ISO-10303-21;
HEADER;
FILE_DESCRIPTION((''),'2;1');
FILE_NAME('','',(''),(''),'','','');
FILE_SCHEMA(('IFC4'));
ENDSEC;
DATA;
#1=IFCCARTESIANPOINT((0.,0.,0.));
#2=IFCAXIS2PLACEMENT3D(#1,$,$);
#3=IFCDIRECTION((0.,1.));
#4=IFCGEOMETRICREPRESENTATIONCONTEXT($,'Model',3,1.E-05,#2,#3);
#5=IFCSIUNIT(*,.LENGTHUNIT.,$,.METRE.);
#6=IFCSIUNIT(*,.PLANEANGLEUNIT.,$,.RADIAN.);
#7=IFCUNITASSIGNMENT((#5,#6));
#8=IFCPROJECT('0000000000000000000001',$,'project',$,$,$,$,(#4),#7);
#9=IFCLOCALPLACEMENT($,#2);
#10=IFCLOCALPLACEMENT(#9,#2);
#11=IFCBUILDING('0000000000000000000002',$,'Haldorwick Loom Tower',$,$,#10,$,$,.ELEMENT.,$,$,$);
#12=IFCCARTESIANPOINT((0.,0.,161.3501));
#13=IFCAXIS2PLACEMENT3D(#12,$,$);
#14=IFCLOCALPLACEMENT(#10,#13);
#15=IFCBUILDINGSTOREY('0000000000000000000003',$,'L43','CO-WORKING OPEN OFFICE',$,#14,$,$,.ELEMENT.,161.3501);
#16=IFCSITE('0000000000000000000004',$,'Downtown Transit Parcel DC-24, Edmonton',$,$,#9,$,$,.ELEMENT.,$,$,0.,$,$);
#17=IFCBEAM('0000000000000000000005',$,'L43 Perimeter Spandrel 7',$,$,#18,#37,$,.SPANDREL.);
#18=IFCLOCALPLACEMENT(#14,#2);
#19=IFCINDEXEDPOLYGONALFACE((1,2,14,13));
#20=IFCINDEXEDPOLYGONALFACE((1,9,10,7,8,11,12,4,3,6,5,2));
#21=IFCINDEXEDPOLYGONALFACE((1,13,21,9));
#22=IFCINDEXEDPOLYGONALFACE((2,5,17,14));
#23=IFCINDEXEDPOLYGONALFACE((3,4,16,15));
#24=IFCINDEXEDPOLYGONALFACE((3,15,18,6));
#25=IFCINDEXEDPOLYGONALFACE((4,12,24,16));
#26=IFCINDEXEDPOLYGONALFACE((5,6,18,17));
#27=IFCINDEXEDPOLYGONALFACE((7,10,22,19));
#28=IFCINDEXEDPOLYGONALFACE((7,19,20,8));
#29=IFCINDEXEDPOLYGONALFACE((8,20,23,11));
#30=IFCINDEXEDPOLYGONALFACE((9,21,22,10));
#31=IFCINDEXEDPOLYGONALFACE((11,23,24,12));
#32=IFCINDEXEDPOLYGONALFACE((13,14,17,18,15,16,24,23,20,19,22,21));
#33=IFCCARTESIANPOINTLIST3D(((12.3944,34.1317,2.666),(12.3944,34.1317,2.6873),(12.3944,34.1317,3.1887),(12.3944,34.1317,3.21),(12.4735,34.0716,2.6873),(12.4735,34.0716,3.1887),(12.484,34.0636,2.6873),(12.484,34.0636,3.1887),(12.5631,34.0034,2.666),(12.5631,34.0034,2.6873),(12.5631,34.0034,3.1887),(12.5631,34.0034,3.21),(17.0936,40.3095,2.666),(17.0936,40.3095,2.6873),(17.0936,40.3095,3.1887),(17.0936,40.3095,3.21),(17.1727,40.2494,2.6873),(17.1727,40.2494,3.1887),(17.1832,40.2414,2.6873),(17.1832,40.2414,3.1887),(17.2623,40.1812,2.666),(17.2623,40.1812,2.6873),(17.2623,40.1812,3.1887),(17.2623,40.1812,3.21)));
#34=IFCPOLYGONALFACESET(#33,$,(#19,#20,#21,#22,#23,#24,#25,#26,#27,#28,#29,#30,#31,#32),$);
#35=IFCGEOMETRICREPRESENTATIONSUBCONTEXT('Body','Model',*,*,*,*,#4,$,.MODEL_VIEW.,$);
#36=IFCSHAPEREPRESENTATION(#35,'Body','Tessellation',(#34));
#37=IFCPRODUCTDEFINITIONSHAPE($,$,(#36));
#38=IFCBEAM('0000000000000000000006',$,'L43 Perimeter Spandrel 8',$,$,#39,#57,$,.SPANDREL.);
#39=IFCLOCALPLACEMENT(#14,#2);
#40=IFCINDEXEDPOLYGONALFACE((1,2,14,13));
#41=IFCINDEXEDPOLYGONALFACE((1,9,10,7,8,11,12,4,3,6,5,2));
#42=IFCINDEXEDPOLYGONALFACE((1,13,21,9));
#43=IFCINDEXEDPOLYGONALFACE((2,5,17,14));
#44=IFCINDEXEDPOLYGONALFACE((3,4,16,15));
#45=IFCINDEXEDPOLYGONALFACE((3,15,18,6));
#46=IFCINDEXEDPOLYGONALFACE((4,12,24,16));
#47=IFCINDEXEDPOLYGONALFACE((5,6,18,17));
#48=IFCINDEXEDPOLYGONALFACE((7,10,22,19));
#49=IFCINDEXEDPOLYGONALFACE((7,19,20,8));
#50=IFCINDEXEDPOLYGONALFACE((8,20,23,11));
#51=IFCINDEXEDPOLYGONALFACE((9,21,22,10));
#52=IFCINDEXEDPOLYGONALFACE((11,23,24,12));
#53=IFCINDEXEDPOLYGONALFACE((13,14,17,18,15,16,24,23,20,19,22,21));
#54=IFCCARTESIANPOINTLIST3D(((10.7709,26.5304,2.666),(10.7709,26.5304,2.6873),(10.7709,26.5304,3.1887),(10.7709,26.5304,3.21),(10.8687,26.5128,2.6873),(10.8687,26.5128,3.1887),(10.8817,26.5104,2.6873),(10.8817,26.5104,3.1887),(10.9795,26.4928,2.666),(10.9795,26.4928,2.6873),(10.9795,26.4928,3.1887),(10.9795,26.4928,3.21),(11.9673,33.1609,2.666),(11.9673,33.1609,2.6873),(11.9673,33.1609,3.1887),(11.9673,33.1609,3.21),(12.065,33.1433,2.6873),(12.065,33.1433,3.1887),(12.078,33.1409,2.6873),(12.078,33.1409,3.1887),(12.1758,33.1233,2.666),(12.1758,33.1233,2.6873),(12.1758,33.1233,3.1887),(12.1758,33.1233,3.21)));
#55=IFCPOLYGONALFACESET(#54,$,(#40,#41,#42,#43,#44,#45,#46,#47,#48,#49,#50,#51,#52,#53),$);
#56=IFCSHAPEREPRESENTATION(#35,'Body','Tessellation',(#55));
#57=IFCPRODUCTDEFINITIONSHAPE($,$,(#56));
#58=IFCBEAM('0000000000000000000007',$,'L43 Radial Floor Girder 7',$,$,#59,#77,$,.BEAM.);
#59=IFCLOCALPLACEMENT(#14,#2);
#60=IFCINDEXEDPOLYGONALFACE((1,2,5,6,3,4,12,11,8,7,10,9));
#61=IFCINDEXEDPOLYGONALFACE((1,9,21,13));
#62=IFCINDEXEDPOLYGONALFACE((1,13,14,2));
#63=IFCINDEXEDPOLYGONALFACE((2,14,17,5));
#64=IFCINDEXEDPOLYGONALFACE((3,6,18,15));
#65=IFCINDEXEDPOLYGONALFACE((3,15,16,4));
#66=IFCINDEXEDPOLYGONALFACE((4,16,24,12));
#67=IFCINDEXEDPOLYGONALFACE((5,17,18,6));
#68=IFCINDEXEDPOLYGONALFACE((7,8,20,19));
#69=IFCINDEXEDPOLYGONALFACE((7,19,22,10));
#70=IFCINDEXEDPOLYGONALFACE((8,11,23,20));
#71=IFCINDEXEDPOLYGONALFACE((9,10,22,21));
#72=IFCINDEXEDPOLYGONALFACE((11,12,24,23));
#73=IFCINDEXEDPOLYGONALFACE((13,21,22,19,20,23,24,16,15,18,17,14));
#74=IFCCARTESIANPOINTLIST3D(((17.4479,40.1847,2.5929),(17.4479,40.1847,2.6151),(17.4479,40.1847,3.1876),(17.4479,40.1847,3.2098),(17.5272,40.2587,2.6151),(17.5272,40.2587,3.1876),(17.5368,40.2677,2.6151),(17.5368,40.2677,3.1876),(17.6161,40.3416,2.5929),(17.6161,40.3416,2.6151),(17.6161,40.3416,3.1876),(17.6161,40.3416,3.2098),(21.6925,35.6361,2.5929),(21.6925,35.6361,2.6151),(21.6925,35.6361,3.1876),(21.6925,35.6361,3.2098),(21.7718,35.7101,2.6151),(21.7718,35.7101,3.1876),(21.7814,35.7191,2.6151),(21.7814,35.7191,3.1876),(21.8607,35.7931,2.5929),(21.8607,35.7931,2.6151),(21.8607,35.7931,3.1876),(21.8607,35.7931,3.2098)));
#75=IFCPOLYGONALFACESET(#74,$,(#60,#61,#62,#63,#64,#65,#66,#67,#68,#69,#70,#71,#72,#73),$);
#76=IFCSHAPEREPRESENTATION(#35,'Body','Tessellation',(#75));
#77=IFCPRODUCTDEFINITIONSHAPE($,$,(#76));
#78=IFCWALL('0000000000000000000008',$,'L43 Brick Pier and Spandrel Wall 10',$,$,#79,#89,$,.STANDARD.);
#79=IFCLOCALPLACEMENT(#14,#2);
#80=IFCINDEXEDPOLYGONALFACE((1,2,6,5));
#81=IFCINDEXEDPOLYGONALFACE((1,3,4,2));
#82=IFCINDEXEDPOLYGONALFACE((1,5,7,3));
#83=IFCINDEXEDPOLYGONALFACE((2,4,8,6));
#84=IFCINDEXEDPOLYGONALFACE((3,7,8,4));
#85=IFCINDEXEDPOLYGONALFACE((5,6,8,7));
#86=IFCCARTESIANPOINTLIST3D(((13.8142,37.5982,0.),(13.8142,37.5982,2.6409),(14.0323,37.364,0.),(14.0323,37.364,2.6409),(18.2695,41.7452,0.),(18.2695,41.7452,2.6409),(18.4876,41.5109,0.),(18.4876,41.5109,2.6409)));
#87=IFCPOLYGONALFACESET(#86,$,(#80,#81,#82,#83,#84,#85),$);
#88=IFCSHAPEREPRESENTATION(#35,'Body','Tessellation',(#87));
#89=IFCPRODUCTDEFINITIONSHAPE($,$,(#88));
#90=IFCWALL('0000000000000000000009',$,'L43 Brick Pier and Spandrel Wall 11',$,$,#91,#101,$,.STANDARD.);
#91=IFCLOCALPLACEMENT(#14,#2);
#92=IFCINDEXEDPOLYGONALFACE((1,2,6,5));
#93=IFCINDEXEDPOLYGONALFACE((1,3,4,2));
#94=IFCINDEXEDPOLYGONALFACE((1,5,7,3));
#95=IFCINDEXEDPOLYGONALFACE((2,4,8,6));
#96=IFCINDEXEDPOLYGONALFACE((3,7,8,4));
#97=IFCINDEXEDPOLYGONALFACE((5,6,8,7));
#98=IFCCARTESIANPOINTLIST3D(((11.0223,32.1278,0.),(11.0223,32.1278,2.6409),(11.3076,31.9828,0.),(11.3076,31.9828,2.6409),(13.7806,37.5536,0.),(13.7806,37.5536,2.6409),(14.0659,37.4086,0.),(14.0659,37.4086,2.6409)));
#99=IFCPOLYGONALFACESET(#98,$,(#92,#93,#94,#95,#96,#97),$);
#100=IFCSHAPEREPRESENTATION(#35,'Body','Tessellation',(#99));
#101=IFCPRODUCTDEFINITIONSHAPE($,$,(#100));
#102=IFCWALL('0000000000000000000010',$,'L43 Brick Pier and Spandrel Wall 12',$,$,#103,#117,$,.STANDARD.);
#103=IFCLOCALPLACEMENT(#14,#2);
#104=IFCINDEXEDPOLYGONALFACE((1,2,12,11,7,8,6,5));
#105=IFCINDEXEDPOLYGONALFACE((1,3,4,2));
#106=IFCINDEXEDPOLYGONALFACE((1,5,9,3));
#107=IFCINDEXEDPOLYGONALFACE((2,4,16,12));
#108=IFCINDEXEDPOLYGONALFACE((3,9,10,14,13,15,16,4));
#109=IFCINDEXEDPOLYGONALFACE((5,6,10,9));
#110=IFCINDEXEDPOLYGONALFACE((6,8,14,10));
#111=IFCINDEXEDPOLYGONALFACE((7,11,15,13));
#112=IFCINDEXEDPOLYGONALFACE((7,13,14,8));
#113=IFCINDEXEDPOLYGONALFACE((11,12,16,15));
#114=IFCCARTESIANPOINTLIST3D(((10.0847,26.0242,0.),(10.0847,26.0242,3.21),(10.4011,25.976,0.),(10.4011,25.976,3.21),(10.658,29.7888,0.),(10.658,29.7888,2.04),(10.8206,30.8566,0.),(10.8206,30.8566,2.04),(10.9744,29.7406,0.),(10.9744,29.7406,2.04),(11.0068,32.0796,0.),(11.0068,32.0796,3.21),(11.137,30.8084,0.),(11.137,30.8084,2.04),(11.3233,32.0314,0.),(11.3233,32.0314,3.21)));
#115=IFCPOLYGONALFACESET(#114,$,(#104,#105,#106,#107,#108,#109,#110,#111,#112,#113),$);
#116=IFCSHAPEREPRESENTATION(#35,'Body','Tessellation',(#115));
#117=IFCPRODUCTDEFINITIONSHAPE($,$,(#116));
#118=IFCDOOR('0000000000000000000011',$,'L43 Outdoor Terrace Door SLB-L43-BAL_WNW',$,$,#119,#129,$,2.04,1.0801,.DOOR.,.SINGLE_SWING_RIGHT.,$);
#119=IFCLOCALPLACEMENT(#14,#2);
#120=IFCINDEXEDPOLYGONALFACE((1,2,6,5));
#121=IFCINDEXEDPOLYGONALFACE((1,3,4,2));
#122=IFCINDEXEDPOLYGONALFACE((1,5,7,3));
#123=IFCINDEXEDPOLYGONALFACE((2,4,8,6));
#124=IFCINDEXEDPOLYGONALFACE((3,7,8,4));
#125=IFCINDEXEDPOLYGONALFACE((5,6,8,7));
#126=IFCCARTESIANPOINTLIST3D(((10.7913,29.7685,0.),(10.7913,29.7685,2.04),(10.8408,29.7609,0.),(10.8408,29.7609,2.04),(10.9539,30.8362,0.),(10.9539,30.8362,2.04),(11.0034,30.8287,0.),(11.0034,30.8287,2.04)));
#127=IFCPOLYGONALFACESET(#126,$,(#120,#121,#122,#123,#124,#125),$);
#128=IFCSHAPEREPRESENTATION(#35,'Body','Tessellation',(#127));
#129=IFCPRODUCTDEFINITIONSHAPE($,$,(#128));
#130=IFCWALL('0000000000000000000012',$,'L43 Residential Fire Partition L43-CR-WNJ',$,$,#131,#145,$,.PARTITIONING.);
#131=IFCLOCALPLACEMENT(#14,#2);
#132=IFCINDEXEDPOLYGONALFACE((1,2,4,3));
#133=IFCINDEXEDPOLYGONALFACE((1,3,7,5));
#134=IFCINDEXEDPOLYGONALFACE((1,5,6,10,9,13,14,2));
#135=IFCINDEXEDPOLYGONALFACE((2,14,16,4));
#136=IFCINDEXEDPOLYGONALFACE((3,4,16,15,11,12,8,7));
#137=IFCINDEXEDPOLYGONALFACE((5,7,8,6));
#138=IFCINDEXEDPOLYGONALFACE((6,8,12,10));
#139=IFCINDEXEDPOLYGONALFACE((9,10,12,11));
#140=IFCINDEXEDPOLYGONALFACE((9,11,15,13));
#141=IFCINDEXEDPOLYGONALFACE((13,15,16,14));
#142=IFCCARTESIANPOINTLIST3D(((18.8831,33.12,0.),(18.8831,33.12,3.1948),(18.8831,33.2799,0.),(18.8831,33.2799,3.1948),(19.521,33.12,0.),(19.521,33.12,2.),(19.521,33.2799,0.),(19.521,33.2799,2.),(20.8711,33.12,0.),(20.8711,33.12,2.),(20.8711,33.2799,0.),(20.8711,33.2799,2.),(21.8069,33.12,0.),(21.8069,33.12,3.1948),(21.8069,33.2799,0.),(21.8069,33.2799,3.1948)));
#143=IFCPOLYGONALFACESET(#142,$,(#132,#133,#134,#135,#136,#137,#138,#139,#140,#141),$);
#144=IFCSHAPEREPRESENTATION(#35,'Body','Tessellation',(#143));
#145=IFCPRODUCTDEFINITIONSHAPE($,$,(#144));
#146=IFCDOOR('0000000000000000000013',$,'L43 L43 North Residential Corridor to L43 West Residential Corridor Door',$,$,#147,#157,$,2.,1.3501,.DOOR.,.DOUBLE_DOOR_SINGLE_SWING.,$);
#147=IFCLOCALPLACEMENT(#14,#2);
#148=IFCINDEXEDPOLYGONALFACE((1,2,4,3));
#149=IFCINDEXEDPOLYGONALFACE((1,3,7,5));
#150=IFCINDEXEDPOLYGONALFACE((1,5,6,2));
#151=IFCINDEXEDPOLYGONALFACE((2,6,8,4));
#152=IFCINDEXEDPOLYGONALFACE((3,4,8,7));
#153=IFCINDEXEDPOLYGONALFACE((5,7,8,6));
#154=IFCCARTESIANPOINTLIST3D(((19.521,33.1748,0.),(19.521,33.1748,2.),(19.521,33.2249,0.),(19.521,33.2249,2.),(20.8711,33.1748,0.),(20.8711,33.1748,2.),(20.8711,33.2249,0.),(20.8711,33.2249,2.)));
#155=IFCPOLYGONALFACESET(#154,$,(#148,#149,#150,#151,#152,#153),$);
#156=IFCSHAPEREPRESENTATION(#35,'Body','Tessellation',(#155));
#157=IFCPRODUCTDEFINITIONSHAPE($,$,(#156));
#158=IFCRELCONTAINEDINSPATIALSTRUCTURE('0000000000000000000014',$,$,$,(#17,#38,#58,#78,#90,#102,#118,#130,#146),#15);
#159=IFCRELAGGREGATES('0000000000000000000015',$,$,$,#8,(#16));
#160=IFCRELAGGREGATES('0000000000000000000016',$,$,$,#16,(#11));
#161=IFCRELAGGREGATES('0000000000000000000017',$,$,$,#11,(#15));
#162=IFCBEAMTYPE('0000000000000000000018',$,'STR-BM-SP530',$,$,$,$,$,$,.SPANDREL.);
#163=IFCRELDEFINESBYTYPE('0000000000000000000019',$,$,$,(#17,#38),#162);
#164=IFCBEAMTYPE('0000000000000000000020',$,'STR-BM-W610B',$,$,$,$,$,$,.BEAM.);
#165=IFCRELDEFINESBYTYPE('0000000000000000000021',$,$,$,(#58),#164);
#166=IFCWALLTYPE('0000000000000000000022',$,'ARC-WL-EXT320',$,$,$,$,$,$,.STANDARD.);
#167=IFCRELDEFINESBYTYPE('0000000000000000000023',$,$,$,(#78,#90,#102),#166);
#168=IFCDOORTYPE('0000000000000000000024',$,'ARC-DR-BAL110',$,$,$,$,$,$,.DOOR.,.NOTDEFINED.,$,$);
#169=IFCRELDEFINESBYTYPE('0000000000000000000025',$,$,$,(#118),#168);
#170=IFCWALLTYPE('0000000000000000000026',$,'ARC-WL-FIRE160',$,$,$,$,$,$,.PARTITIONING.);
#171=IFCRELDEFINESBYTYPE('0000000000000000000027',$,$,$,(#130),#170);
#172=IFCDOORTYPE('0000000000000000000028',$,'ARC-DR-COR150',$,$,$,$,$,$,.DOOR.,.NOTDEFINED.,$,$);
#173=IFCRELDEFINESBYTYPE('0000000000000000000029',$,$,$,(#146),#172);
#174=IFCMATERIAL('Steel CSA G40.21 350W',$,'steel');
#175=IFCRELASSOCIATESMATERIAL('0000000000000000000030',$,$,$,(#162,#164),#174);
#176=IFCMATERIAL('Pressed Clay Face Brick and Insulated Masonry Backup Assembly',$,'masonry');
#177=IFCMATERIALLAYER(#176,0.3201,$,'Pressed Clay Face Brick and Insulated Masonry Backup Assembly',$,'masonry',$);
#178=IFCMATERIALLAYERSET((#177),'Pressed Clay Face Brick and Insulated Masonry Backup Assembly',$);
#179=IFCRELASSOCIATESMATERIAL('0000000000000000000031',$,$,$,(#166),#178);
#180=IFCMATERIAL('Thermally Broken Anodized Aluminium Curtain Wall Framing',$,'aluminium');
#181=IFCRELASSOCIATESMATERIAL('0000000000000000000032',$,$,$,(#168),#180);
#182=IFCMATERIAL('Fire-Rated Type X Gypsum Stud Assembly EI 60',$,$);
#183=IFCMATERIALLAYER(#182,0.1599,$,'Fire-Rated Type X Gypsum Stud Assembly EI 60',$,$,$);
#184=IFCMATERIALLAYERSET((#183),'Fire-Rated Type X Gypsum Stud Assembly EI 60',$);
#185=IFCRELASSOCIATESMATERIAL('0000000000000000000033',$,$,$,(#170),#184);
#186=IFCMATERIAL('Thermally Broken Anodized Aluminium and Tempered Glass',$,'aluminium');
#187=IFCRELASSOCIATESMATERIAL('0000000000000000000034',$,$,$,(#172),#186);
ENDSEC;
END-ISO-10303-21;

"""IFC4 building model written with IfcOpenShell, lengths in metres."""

from ifc_helpers import new_model, si_unit, direction, frame, frame_2d, origin, origin_2d, place, context, subcontext, project, spatial, rectangle, i_section, extrude, material, layer, layer_set, material_profile, profile_set, type_object, element, fill, save


model = new_model("IFC4")

# Units and contexts
model_context = context("Model", 3, precision=1e-05, world=origin(), true_north=direction((0.0, 1.0)))
body_context = subcontext(model_context, "Body", "Model", "MODEL_VIEW")
ifc_project = project(units=[si_unit("LENGTHUNIT", "METRE"), si_unit("PLANEANGLEUNIT", "RADIAN")], contexts=[model_context])

# Site, building, storey
site_placement = place(None, origin())
site = spatial("IfcSite", under=ifc_project, at=site_placement, Name="Downtown Transit Parcel DC-24, Edmonton", CompositionType="ELEMENT", RefElevation=0.0)
building_placement = place(site_placement, origin())
building = spatial("IfcBuilding", under=site, at=building_placement, Name="Haldorwick Loom Tower", CompositionType="ELEMENT")
storey_placement = place(building_placement, frame((0.0, 0.0, 161.3501)))
storey = spatial("IfcBuildingStorey", under=building, at=storey_placement, Name="L43", Description="CO-WORKING OPEN OFFICE", CompositionType="ELEMENT", Elevation=161.3501)

# Beams
ifc_material_1 = material(Name="Steel CSA G40.21 350W", Category="steel")
ifc_material_profile_1 = material_profile(ifc_material_1, i_section(OverallWidth=0.2119, OverallDepth=0.5439, WebThickness=0.0132, FlangeThickness=0.0212, at=origin_2d()), Name="W530X123", Category="steel")
ifc_profile_set_1 = profile_set([ifc_material_profile_1], Name="Steel CSA G40.21 350W")
beam_type_1 = type_object("IfcBeamType", Name="STR-BM-SP530", PredefinedType="SPANDREL", material=ifc_profile_set_1)
beam_1_placement = place(storey_placement, frame((17.178, 40.2454, 2.938), z_axis=(-0.605421, -0.795905, 0.0), x_axis=(0.795905, -0.605421, 0.0)))
element("IfcBeam", 1, at=beam_1_placement, inside=storey, type_object=beam_type_1, Name="L43 Perimeter Spandrel 7", PredefinedType="SPANDREL", context=body_context, shape_type="SweptSolid", body=[
    extrude(i_section(OverallWidth=0.2119, OverallDepth=0.5439, WebThickness=0.0132, FlangeThickness=0.0212, at=origin_2d()), origin(), (0.0, 0.0, 1.0), 7.762),
])
beam_2_placement = place(storey_placement, frame((12.0715, 33.1421, 2.938), z_axis=(-0.177559, -0.98411, 0.0), x_axis=(0.98411, -0.177559, 0.0)))
element("IfcBeam", 2, at=beam_2_placement, inside=storey, type_object=beam_type_1, Name="L43 Perimeter Spandrel 8", PredefinedType="SPANDREL", context=body_context, shape_type="SweptSolid", body=[
    extrude(i_section(OverallWidth=0.2119, OverallDepth=0.5439, WebThickness=0.0132, FlangeThickness=0.0212, at=origin_2d()), origin(), (0.0, 0.0, 1.0), 6.7375),
])
ifc_material_profile_2 = material_profile(ifc_material_1, i_section(OverallWidth=0.23, OverallDepth=0.6169, WebThickness=0.0132, FlangeThickness=0.0222, at=origin_2d()), Name="W610X140", Category="steel")
ifc_profile_set_2 = profile_set([ifc_material_profile_2], Name="Steel CSA G40.21 350W")
beam_type_2 = type_object("IfcBeamType", Name="STR-BM-W610B", PredefinedType="BEAM", material=ifc_profile_set_2)
beam_3_placement = place(storey_placement, frame((21.7766, 35.7146, 2.9014), z_axis=(-0.682257, 0.731113, 0.0), x_axis=(-0.731113, -0.682257, 0.0)))
element("IfcBeam", 3, at=beam_3_placement, inside=storey, type_object=beam_type_2, Name="L43 Radial Floor Girder 7", PredefinedType="BEAM", context=body_context, shape_type="SweptSolid", body=[
    extrude(i_section(OverallWidth=0.23, OverallDepth=0.6169, WebThickness=0.0132, FlangeThickness=0.0222, at=origin_2d()), origin(), (0.0, 0.0, 1.0), 6.2214),
])

# Walls
ifc_material_2 = material(Name="Pressed Clay Face Brick and Insulated Masonry Backup Assembly", Category="masonry")
ifc_layer_1 = layer(ifc_material_2, 0.3201, Name="Pressed Clay Face Brick and Insulated Masonry Backup Assembly", Category="masonry")
ifc_layer_set_1 = layer_set([ifc_layer_1], Name="Pressed Clay Face Brick and Insulated Masonry Backup Assembly")
wall_type_1 = type_object("IfcWallType", Name="ARC-WL-EXT320", PredefinedType="STANDARD", material=ifc_layer_set_1)
for number, where, z_axis, x_axis, name in (
    (4, (18.3787, 41.6282, 0.0), (0.0, 0.0, 1.0), (-0.731983, -0.681323, 0.0), "L43 Brick Pier and Spandrel Wall 10"),
    (5, (13.9233, 37.4812, 0.0), (0.0, 0.0, 1.0), (-0.453172, -0.891423, 0.0), "L43 Brick Pier and Spandrel Wall 11"),
):
    element("IfcWall", number, at=place(storey_placement, frame(where, z_axis=z_axis, x_axis=x_axis)), inside=storey, type_object=wall_type_1, Name=name, PredefinedType="STANDARD", context=body_context, shape_type="SweptSolid", body=[
        extrude(rectangle(XDim=6.0867, YDim=0.3201, at=frame_2d((3.0435, 0.0))), origin(), (0.0, 0.0, 1.0), 2.6409),
    ])

# Walls, openings, doors
wall_1_placement = place(storey_placement, frame((11.165, 32.0554, 0.0), z_axis=(0.0, 0.0, 1.0), x_axis=(-0.150544, -0.988603, 0.0)))
wall_1 = element("IfcWall", 6, at=wall_1_placement, inside=storey, type_object=wall_type_1, Name="L43 Brick Pier and Spandrel Wall 12", PredefinedType="STANDARD", context=body_context, shape_type="SweptSolid", body=[
    extrude(rectangle(XDim=6.1252, YDim=0.3201, at=frame_2d((3.0625, 0.0))), origin(), (0.0, 0.0, 1.0), 3.21),
])
opening_1_placement = place(wall_1_placement, frame((1.2371, 0.0, 0.0)))
opening_1 = element("IfcOpeningElement", 7, at=opening_1_placement, cuts=wall_1, PredefinedType="OPENING", context=body_context, shape_type="SweptSolid", body=[
    extrude(rectangle(XDim=1.0801, YDim=2.04, at=frame_2d((0.54, 1.02))), frame((0.0, 0.1699, 0.0), z_axis=(0.0, -1.0, 0.0), x_axis=(1.0, 0.0, 0.0)), (0.0, 0.0, 1.0), 0.3401),
])
ifc_material_3 = material(Name="Thermally Broken Anodized Aluminium Curtain Wall Framing", Category="aluminium")
door_type_1 = type_object("IfcDoorType", Name="ARC-DR-BAL110", OperationType="NOTDEFINED", PredefinedType="DOOR", material=ifc_material_3)
door_1_placement = place(opening_1_placement, origin())
door_1 = element("IfcDoor", 8, at=door_1_placement, inside=storey, type_object=door_type_1, Name="L43 Outdoor Terrace Door SLB-L43-BAL_WNW", OperationType="SINGLE_SWING_RIGHT", OverallHeight=2.04, OverallWidth=1.0801, PredefinedType="DOOR", context=body_context, shape_type="SweptSolid", body=[
    extrude(rectangle(XDim=1.0801, YDim=2.04, at=frame_2d((0.54, 1.02))), frame((0.0, 0.0249, 0.0), z_axis=(0.0, -1.0, 0.0), x_axis=(1.0, 0.0, 0.0)), (0.0, 0.0, 1.0), 0.05),
])
fill(opening_1, door_1)
ifc_material_4 = material(Name="Fire-Rated Type X Gypsum Stud Assembly EI 60")
ifc_layer_2 = layer(ifc_material_4, 0.1599, Name="Fire-Rated Type X Gypsum Stud Assembly EI 60")
ifc_layer_set_2 = layer_set([ifc_layer_2], Name="Fire-Rated Type X Gypsum Stud Assembly EI 60")
wall_type_2 = type_object("IfcWallType", Name="ARC-WL-FIRE160", PredefinedType="PARTITIONING", material=ifc_layer_set_2)
wall_2_placement = place(storey_placement, frame((18.8831, 33.2, 0.0), z_axis=(0.0, 0.0, 1.0), x_axis=(1.0, 0.0, 0.0)))
wall_2 = element("IfcWall", 9, at=wall_2_placement, inside=storey, type_object=wall_type_2, Name="L43 Residential Fire Partition L43-CR-WNJ", PredefinedType="PARTITIONING", context=body_context, shape_type="SweptSolid", body=[
    extrude(rectangle(XDim=2.9238, YDim=0.1599, at=frame_2d((1.4619, 0.0))), origin(), (0.0, 0.0, 1.0), 3.1948),
])
opening_2_placement = place(wall_2_placement, frame((0.6379, 0.0, 0.0)))
opening_2 = element("IfcOpeningElement", 10, at=opening_2_placement, cuts=wall_2, PredefinedType="OPENING", context=body_context, shape_type="SweptSolid", body=[
    extrude(rectangle(XDim=1.3501, YDim=2.0, at=frame_2d((0.675, 1.0))), frame((0.0, 0.0898, 0.0), z_axis=(0.0, -1.0, 0.0), x_axis=(1.0, 0.0, 0.0)), (0.0, 0.0, 1.0), 0.1799),
])
ifc_material_5 = material(Name="Thermally Broken Anodized Aluminium and Tempered Glass", Category="aluminium")
door_type_2 = type_object("IfcDoorType", Name="ARC-DR-COR150", OperationType="NOTDEFINED", PredefinedType="DOOR", material=ifc_material_5)
door_2_placement = place(opening_2_placement, origin())
door_2 = element("IfcDoor", 11, at=door_2_placement, inside=storey, type_object=door_type_2, Name="L43 L43 North Residential Corridor to L43 West Residential Corridor Door", OperationType="DOUBLE_DOOR_SINGLE_SWING", OverallHeight=2.0, OverallWidth=1.3501, PredefinedType="DOOR", context=body_context, shape_type="SweptSolid", body=[
    extrude(rectangle(XDim=1.3501, YDim=2.0, at=frame_2d((0.675, 1.0))), frame((0.0, 0.0249, 0.0), z_axis=(0.0, -1.0, 0.0), x_axis=(1.0, 0.0, 0.0)), (0.0, 0.0, 1.0), 0.05),
])
fill(opening_2, door_2)

save(model, "model.ifc")
